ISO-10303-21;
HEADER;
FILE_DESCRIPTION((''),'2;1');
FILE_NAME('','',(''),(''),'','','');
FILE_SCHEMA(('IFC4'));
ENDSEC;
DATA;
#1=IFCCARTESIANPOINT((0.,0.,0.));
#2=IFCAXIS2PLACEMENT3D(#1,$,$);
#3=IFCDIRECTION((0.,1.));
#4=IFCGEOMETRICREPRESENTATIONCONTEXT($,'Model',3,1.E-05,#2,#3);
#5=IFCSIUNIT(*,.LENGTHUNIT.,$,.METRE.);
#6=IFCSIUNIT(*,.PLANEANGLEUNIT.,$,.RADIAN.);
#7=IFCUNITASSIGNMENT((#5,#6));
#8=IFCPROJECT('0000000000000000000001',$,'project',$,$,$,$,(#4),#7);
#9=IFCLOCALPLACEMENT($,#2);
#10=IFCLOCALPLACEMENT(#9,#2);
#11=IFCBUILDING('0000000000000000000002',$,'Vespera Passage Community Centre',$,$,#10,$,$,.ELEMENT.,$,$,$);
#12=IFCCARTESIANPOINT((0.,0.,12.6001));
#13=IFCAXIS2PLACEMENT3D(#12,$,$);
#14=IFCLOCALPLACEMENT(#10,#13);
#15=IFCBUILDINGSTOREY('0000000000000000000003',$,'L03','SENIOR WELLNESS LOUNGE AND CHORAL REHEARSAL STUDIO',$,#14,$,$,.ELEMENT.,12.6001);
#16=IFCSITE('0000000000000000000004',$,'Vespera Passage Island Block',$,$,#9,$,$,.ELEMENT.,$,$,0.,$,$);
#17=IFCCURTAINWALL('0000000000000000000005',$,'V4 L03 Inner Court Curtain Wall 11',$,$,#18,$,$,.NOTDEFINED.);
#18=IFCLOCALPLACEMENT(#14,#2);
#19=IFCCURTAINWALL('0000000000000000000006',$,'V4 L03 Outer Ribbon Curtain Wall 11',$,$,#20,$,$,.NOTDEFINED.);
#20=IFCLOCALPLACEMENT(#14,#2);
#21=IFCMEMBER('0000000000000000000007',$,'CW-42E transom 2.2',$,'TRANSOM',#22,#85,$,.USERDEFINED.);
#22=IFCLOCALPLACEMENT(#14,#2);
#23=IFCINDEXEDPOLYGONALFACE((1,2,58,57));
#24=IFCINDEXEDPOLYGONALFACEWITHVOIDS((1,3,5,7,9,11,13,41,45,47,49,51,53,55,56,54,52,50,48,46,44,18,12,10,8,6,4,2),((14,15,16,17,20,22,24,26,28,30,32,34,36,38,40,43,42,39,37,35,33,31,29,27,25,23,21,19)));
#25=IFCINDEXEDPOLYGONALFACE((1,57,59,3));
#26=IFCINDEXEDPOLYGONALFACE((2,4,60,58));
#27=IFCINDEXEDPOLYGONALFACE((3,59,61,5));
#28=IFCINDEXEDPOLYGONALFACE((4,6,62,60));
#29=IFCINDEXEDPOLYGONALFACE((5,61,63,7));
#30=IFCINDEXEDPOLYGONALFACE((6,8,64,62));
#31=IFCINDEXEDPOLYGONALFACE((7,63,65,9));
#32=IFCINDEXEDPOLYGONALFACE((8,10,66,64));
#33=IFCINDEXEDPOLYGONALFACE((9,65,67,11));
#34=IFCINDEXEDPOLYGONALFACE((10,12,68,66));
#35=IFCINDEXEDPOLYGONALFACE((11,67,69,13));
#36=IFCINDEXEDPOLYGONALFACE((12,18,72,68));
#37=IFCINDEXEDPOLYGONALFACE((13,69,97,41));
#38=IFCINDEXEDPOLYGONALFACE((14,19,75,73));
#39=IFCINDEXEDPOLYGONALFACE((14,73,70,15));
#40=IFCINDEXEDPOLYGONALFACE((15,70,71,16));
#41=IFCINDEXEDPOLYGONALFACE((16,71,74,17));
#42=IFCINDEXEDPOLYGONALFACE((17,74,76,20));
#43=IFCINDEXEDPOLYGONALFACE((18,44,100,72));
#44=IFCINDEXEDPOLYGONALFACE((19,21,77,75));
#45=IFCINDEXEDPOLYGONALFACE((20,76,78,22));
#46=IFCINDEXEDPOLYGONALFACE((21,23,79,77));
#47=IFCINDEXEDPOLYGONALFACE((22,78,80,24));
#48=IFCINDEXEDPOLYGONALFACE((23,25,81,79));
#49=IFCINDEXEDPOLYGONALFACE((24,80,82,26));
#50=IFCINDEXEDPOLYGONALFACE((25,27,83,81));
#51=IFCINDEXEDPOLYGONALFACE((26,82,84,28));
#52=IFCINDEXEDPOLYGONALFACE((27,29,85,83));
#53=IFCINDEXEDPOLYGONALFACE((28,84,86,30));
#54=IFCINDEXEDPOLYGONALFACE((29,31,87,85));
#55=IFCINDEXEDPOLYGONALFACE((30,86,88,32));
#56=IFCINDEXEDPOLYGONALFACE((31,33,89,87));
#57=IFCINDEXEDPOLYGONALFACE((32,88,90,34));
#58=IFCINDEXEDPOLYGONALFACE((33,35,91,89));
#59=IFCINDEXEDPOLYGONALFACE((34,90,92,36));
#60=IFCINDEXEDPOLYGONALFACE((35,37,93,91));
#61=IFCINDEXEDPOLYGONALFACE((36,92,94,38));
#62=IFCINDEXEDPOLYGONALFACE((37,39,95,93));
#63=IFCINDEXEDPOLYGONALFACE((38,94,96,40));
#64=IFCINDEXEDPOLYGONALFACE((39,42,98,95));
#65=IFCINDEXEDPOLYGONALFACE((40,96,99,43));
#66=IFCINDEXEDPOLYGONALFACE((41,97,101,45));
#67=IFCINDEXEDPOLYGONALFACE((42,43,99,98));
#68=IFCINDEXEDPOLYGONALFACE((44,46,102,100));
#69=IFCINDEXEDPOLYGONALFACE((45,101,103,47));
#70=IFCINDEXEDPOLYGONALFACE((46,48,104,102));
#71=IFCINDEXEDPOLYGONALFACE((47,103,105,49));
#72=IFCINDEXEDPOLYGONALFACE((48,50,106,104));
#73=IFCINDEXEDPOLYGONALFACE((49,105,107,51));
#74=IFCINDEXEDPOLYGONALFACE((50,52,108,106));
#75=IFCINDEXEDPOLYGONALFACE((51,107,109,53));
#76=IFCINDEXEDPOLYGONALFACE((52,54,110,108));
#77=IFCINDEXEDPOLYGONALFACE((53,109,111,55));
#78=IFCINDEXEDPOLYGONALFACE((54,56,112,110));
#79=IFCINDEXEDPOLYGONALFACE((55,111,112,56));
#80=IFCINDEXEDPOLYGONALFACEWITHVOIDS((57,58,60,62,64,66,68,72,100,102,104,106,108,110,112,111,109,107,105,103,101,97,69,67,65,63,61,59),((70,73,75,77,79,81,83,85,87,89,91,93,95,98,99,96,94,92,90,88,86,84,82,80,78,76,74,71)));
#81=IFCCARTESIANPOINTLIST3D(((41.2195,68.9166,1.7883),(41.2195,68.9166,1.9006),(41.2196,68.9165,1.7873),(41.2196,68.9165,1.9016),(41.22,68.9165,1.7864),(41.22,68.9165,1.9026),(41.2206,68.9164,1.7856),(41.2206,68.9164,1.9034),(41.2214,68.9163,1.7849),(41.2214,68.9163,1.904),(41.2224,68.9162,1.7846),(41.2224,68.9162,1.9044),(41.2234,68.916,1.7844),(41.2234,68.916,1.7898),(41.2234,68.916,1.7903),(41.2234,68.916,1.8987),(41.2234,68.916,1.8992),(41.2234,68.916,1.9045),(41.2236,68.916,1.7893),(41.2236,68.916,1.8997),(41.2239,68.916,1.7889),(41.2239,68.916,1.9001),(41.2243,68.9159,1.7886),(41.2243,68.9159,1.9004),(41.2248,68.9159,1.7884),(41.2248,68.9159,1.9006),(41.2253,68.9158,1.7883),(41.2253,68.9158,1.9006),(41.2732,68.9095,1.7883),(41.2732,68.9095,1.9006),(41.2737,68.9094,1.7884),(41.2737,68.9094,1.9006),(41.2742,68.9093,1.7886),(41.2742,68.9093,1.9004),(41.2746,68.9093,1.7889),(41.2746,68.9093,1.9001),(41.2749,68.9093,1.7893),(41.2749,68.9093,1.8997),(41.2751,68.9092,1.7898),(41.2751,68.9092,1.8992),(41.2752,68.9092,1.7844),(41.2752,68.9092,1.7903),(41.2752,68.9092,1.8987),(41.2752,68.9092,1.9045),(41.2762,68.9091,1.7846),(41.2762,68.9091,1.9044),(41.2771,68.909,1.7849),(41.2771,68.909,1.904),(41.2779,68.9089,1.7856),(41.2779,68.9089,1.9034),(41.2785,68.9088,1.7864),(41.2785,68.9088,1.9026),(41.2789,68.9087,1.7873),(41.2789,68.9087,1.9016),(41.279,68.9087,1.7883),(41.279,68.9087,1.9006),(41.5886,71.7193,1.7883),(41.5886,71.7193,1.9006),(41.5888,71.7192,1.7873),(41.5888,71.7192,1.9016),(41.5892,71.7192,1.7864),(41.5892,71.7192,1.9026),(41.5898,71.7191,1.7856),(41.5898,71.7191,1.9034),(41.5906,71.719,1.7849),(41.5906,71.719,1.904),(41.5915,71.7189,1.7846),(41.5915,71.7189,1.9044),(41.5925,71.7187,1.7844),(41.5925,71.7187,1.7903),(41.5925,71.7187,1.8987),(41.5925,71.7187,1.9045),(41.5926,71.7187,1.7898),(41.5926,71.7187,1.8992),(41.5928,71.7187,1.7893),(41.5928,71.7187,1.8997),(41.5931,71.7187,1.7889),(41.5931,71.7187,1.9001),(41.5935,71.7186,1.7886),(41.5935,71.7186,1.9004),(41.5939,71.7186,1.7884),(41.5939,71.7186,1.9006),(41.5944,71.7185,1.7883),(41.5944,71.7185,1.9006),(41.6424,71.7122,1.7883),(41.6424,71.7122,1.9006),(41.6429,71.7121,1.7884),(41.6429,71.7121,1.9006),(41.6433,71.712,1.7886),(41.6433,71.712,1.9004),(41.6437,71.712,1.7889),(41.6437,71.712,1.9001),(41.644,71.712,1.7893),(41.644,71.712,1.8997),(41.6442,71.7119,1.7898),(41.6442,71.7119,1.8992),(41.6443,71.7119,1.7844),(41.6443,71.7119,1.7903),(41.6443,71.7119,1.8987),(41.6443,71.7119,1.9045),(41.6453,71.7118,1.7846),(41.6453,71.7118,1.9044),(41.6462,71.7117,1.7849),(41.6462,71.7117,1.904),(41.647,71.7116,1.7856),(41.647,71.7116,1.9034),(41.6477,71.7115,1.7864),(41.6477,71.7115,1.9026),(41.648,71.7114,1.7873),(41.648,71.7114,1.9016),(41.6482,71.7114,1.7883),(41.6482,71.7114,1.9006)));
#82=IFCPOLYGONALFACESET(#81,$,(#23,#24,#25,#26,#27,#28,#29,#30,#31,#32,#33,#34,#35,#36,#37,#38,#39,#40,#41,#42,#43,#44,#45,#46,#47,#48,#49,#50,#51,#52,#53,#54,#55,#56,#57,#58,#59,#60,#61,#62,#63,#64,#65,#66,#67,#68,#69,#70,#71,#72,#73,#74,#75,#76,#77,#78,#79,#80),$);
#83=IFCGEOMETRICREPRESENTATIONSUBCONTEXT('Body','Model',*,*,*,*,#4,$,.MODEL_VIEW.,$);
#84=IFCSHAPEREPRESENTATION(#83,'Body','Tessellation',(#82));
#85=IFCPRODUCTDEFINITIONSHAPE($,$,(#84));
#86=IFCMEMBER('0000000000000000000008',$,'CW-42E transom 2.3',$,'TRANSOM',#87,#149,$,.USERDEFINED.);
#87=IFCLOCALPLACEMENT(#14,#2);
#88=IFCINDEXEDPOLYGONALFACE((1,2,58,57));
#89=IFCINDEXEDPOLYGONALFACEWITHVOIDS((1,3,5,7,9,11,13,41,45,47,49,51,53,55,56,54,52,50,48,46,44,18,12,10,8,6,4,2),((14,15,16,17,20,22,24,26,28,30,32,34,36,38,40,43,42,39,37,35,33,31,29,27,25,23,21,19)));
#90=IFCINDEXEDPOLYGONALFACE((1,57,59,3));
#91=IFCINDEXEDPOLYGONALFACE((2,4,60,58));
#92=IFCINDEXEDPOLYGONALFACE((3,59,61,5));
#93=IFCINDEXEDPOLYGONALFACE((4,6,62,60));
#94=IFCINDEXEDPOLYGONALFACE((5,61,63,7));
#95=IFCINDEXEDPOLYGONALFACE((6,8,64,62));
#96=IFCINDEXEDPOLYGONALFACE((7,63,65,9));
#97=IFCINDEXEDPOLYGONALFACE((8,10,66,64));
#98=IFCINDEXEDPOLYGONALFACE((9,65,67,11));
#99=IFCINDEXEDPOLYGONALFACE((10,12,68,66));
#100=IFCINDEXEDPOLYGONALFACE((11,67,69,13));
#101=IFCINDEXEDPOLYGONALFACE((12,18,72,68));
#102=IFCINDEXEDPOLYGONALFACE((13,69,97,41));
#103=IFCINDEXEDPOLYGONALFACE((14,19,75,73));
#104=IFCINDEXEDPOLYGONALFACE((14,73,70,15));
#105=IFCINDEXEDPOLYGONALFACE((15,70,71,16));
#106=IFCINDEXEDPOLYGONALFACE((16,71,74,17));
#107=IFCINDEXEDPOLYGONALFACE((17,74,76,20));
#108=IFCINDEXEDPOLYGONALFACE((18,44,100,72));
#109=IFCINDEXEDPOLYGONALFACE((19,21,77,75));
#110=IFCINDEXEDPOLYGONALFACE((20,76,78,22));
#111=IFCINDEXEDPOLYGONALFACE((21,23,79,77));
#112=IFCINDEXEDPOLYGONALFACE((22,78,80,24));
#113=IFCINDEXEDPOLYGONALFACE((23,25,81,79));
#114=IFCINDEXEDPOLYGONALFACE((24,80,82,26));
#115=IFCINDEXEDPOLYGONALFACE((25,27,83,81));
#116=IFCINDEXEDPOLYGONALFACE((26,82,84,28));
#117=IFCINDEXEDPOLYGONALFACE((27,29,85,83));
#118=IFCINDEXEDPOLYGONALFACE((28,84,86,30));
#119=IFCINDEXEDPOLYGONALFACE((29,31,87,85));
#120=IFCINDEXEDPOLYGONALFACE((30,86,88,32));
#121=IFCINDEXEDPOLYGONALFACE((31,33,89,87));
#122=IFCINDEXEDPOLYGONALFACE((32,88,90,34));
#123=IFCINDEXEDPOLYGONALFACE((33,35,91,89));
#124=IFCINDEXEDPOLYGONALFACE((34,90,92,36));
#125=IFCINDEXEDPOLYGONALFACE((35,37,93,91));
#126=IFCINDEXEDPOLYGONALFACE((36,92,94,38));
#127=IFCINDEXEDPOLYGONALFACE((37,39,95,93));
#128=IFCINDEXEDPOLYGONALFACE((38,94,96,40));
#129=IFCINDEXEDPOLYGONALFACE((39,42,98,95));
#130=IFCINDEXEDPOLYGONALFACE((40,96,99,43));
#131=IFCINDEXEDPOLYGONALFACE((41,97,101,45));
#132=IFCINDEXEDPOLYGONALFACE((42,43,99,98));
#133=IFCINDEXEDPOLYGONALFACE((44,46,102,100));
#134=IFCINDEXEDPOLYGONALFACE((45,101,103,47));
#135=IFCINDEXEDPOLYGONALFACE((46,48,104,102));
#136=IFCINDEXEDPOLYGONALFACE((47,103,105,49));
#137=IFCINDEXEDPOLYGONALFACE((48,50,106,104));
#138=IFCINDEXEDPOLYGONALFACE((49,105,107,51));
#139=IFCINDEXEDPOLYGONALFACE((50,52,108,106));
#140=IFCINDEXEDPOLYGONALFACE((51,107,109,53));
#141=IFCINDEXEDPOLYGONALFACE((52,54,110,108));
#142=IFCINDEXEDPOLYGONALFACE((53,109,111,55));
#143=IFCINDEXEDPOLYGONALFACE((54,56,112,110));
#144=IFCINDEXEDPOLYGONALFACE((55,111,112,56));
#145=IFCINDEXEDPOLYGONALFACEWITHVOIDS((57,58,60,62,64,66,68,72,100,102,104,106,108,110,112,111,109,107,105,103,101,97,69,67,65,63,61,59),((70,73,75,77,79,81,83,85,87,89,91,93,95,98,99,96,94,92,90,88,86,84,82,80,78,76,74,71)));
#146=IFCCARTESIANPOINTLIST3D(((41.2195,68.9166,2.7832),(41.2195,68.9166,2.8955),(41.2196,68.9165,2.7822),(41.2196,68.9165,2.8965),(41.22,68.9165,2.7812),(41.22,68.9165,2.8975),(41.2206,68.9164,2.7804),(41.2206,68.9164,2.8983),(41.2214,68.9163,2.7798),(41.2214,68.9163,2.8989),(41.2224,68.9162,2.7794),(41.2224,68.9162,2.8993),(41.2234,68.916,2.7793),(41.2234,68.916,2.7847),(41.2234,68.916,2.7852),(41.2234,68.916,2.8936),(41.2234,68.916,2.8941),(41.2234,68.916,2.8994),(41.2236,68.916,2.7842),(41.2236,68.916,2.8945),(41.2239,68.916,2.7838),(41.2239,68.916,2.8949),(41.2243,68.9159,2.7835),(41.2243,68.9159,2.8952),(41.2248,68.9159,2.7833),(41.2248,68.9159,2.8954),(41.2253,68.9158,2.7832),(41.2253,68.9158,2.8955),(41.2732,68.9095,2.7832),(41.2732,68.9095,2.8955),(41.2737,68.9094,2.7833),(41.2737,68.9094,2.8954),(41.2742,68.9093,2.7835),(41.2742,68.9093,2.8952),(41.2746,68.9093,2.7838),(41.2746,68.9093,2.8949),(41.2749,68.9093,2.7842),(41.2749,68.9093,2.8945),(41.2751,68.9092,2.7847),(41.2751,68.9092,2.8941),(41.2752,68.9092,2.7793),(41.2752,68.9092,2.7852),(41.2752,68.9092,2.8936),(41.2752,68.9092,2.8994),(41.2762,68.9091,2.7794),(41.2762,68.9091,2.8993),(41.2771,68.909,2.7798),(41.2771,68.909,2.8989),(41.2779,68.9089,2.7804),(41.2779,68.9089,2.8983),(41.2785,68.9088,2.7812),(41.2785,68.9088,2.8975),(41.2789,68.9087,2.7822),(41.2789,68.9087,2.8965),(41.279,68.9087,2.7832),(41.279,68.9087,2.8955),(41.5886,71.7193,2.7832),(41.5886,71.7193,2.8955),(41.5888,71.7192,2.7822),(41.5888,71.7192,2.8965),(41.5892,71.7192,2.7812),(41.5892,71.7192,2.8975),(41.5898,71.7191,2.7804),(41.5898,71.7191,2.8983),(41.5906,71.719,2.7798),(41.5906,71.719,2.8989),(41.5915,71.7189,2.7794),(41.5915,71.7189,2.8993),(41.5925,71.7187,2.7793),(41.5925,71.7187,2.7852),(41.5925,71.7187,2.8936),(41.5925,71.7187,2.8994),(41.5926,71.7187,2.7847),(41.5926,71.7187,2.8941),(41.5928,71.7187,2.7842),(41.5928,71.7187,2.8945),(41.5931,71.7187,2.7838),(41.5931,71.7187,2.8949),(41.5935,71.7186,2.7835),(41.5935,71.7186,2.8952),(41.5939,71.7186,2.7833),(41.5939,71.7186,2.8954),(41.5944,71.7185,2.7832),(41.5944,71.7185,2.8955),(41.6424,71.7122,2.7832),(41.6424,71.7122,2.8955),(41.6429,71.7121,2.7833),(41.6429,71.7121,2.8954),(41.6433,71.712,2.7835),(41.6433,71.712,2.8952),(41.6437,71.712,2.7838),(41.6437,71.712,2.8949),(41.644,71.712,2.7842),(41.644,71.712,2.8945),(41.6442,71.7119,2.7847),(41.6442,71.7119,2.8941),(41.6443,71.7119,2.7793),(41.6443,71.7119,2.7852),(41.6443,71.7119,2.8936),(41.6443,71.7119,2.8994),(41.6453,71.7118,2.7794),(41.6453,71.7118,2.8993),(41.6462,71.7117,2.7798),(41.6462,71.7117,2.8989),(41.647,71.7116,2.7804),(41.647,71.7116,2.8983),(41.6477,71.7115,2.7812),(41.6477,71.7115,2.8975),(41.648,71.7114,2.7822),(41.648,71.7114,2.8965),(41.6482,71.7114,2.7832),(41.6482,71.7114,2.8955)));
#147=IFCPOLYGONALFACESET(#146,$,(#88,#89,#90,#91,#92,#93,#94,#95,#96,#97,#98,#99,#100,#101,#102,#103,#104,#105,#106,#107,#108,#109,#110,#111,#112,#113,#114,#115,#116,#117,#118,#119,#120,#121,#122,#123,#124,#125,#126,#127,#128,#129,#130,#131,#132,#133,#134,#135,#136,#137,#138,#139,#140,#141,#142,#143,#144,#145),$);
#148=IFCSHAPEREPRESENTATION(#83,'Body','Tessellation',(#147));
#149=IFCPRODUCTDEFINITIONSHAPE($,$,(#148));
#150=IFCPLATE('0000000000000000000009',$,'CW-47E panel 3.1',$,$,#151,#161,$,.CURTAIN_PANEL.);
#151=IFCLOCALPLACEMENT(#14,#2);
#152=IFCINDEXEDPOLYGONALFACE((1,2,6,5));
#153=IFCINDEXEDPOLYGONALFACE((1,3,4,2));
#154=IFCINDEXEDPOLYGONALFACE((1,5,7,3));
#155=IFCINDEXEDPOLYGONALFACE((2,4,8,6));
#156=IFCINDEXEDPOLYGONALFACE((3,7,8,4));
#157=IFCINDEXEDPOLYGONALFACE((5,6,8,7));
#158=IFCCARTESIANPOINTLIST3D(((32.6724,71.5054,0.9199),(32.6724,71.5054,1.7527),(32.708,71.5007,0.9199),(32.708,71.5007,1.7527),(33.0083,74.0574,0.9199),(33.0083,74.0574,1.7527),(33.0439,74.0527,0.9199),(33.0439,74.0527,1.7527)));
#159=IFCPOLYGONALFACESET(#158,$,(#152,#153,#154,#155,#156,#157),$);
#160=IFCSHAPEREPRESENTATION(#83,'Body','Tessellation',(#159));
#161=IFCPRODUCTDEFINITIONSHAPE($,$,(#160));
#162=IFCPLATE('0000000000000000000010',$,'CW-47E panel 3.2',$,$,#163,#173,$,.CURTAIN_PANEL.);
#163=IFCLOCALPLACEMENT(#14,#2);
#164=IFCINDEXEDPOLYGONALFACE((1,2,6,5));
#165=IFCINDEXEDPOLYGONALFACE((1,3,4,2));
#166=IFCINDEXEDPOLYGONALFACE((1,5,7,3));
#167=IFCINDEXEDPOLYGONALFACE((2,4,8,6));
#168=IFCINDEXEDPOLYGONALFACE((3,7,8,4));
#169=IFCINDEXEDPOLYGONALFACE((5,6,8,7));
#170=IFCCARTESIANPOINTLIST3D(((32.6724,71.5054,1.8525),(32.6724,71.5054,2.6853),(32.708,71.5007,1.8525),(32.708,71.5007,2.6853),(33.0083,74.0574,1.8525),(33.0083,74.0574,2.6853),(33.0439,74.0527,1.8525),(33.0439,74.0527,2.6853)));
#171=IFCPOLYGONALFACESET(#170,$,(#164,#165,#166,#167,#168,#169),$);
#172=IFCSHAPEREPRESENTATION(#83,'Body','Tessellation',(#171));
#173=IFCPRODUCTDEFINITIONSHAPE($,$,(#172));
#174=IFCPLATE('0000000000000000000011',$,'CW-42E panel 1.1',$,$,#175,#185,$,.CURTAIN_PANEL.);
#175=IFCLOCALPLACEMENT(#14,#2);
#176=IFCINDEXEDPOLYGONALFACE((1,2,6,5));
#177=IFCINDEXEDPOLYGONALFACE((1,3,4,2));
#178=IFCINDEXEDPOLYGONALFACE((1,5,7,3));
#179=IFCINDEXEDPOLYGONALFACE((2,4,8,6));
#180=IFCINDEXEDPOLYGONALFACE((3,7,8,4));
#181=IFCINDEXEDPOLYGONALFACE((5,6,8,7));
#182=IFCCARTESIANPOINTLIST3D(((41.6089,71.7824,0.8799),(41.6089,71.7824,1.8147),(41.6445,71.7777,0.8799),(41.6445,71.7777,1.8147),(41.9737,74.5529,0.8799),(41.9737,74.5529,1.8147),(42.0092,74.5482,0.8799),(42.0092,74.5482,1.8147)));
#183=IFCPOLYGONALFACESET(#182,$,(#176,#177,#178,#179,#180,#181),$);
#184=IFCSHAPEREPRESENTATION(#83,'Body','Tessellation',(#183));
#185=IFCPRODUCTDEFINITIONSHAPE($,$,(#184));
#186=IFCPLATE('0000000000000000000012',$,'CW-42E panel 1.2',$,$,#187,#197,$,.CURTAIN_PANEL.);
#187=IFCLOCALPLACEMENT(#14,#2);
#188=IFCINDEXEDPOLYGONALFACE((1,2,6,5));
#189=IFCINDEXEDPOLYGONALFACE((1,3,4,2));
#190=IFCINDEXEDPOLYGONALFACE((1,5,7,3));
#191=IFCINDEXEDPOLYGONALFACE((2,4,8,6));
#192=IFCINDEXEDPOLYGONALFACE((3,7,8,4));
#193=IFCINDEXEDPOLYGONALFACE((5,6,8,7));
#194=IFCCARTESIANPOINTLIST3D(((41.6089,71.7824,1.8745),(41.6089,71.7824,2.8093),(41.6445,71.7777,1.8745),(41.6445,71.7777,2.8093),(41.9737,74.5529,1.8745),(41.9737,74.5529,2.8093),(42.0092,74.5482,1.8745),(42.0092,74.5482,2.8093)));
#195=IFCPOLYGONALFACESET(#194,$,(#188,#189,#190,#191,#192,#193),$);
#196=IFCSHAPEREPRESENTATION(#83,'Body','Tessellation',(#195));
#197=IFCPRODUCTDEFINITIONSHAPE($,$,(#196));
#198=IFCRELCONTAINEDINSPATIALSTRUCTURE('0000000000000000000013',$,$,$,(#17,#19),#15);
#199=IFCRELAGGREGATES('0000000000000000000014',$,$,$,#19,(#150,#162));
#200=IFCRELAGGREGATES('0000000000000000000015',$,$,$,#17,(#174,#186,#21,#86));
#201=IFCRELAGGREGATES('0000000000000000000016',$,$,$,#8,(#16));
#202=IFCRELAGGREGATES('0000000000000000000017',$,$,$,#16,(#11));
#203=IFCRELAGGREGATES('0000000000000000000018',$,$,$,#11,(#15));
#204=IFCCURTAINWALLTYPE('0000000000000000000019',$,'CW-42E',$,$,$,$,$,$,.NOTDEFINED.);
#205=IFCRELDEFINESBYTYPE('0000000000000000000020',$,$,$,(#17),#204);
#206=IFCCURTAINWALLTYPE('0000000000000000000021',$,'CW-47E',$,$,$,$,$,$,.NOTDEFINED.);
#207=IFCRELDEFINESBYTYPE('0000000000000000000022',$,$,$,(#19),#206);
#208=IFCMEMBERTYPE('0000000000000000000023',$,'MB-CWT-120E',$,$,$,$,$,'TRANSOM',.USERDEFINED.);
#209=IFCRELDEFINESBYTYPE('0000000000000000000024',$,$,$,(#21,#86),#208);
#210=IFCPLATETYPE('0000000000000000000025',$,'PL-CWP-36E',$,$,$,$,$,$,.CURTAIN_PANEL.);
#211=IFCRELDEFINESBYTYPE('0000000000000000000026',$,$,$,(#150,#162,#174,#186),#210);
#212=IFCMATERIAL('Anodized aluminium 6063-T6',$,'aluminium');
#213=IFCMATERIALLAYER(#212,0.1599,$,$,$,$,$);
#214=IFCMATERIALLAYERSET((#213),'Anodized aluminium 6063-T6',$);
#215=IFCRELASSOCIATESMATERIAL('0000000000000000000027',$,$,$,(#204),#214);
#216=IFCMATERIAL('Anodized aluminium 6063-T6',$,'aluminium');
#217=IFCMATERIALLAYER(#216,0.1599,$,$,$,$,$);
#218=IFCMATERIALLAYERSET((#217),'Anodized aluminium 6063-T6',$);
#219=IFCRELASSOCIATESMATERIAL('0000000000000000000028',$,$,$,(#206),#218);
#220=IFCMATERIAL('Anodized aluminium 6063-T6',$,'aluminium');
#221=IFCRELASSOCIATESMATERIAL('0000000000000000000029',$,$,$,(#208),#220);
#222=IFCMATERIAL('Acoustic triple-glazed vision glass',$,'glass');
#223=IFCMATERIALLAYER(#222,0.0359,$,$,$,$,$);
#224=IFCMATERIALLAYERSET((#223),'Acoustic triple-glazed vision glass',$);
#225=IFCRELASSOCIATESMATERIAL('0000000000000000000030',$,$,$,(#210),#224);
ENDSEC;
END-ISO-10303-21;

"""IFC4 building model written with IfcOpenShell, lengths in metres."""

from ifc_helpers import new_model, si_unit, direction, frame, origin, origin_2d, place, context, subcontext, project, spatial, rectangle, hollow_rectangle, extrude, material, layer, layer_set, material_profile, profile_set, type_object, element, aggregate, save


model = new_model("IFC4")

# Units and contexts
model_context = context("Model", 3, precision=1e-05, world=origin(), true_north=direction((0.0, 1.0)))
body_context = subcontext(model_context, "Body", "Model", "MODEL_VIEW")
ifc_project = project(units=[si_unit("LENGTHUNIT", "METRE"), si_unit("PLANEANGLEUNIT", "RADIAN")], contexts=[model_context])

# Site, building, storey
site_placement = place(None, origin())
site = spatial("IfcSite", under=ifc_project, at=site_placement, Name="Vespera Passage Island Block", CompositionType="ELEMENT", RefElevation=0.0)
building_placement = place(site_placement, origin())
building = spatial("IfcBuilding", under=site, at=building_placement, Name="Vespera Passage Community Centre", CompositionType="ELEMENT")
storey_placement = place(building_placement, frame((0.0, 0.0, 12.6001)))
storey = spatial("IfcBuildingStorey", under=building, at=storey_placement, Name="L03", Description="SENIOR WELLNESS LOUNGE AND CHORAL REHEARSAL STUDIO", CompositionType="ELEMENT", Elevation=12.6001)

# Curtain walls
ifc_material_1 = material(Name="Anodized aluminium 6063-T6", Category="aluminium")
ifc_layer_1 = layer(ifc_material_1, 0.1599)
ifc_layer_set_1 = layer_set([ifc_layer_1], Name="Anodized aluminium 6063-T6")
curtain_wall_type_1 = type_object("IfcCurtainWallType", Name="CW-42E", PredefinedType="NOTDEFINED", material=ifc_layer_set_1)
curtain_wall_1_placement = place(storey_placement, origin())
curtain_wall_1 = element("IfcCurtainWall", 1, at=curtain_wall_1_placement, inside=storey, type_object=curtain_wall_type_1, Name="V4 L03 Inner Court Curtain Wall 11", PredefinedType="NOTDEFINED")
ifc_material_2 = material(Name="Anodized aluminium 6063-T6", Category="aluminium")
ifc_layer_2 = layer(ifc_material_2, 0.1599)
ifc_layer_set_2 = layer_set([ifc_layer_2], Name="Anodized aluminium 6063-T6")
curtain_wall_type_2 = type_object("IfcCurtainWallType", Name="CW-47E", PredefinedType="NOTDEFINED", material=ifc_layer_set_2)
curtain_wall_2_placement = place(storey_placement, origin())
curtain_wall_2 = element("IfcCurtainWall", 2, at=curtain_wall_2_placement, inside=storey, type_object=curtain_wall_type_2, Name="V4 L03 Outer Ribbon Curtain Wall 11", PredefinedType="NOTDEFINED")

# Members
ifc_material_3 = material(Name="Anodized aluminium 6063-T6", Category="aluminium")
ifc_material_profile_1 = material_profile(ifc_material_3, hollow_rectangle(XDim=0.0601, YDim=0.1201, WallThickness=0.0039, InnerFilletRadius=0.002, OuterFilletRadius=0.0039, at=origin_2d()), Name="ALU120X60X4")
ifc_profile_set_1 = profile_set([ifc_material_profile_1], Name="Anodized aluminium 6063-T6")
member_type_1 = type_object("IfcMemberType", Name="MB-CWT-120E", ElementType="TRANSOM", PredefinedType="USERDEFINED", material=ifc_profile_set_1)
member_1_placement = place(storey_placement, frame((41.6184, 71.7153, 1.8445), z_axis=(-0.13058, -0.991438, 0.0), x_axis=(0.991438, -0.13058, 0.0)))
member_1 = element("IfcMember", 3, at=member_1_placement, type_object=member_type_1, Name="CW-42E transom 2.2", ObjectType="TRANSOM", PredefinedType="USERDEFINED", context=body_context, shape_type="SweptSolid", body=[
    extrude(hollow_rectangle(XDim=0.0601, YDim=0.1201, WallThickness=0.0039, InnerFilletRadius=0.002, OuterFilletRadius=0.0039, at=origin_2d()), origin(), (0.0, 0.0, 1.0), 2.8269),
])
member_2_placement = place(storey_placement, frame((41.6184, 71.7153, 2.8394), z_axis=(-0.13058, -0.991438, 0.0), x_axis=(0.991438, -0.13058, 0.0)))
member_2 = element("IfcMember", 4, at=member_2_placement, type_object=member_type_1, Name="CW-42E transom 2.3", ObjectType="TRANSOM", PredefinedType="USERDEFINED", context=body_context, shape_type="SweptSolid", body=[
    extrude(hollow_rectangle(XDim=0.0601, YDim=0.1201, WallThickness=0.0039, InnerFilletRadius=0.002, OuterFilletRadius=0.0039, at=origin_2d()), origin(), (0.0, 0.0, 1.0), 2.8269),
])

# Plates
ifc_material_4 = material(Name="Acoustic triple-glazed vision glass", Category="glass")
ifc_layer_3 = layer(ifc_material_4, 0.0359)
ifc_layer_set_3 = layer_set([ifc_layer_3], Name="Acoustic triple-glazed vision glass")
plate_type = type_object("IfcPlateType", Name="PL-CWP-36E", PredefinedType="CURTAIN_PANEL", material=ifc_layer_set_3)
plate_1_placement = place(storey_placement, frame((32.8582, 72.7791, 0.9199), z_axis=(0.0, 0.0, 1.0), x_axis=(0.130523, 0.991445, 0.0)))
plate_1 = element("IfcPlate", 5, at=plate_1_placement, type_object=plate_type, Name="CW-47E panel 3.1", PredefinedType="CURTAIN_PANEL", context=body_context, shape_type="SweptSolid", body=[
    extrude(rectangle(XDim=2.574, YDim=0.0359, at=origin_2d()), origin(), (0.0, 0.0, 1.0), 0.8328),
])
plate_2_placement = place(storey_placement, frame((32.8582, 72.7791, 1.8525), z_axis=(0.0, 0.0, 1.0), x_axis=(0.130523, 0.991445, 0.0)))
plate_2 = element("IfcPlate", 6, at=plate_2_placement, type_object=plate_type, Name="CW-47E panel 3.2", PredefinedType="CURTAIN_PANEL", context=body_context, shape_type="SweptSolid", body=[
    extrude(rectangle(XDim=2.574, YDim=0.0359, at=origin_2d()), origin(), (0.0, 0.0, 1.0), 0.8328),
])
aggregate(curtain_wall_2, [plate_1, plate_2])
plate_3_placement = place(storey_placement, frame((41.8091, 73.1653, 0.8799), z_axis=(0.0, 0.0, 1.0), x_axis=(-0.130522, -0.991445, 0.0)))
plate_3 = element("IfcPlate", 7, at=plate_3_placement, type_object=plate_type, Name="CW-42E panel 1.1", PredefinedType="CURTAIN_PANEL", context=body_context, shape_type="SweptSolid", body=[
    extrude(rectangle(XDim=2.7944, YDim=0.0359, at=origin_2d()), origin(), (0.0, 0.0, 1.0), 0.9348),
])
plate_4_placement = place(storey_placement, frame((41.8091, 73.1653, 1.8745), z_axis=(0.0, 0.0, 1.0), x_axis=(-0.130522, -0.991445, 0.0)))
plate_4 = element("IfcPlate", 8, at=plate_4_placement, type_object=plate_type, Name="CW-42E panel 1.2", PredefinedType="CURTAIN_PANEL", context=body_context, shape_type="SweptSolid", body=[
    extrude(rectangle(XDim=2.7944, YDim=0.0359, at=origin_2d()), origin(), (0.0, 0.0, 1.0), 0.9348),
])
aggregate(curtain_wall_1, [plate_3, plate_4, member_1, member_2])

save(model, "model.ifc")
